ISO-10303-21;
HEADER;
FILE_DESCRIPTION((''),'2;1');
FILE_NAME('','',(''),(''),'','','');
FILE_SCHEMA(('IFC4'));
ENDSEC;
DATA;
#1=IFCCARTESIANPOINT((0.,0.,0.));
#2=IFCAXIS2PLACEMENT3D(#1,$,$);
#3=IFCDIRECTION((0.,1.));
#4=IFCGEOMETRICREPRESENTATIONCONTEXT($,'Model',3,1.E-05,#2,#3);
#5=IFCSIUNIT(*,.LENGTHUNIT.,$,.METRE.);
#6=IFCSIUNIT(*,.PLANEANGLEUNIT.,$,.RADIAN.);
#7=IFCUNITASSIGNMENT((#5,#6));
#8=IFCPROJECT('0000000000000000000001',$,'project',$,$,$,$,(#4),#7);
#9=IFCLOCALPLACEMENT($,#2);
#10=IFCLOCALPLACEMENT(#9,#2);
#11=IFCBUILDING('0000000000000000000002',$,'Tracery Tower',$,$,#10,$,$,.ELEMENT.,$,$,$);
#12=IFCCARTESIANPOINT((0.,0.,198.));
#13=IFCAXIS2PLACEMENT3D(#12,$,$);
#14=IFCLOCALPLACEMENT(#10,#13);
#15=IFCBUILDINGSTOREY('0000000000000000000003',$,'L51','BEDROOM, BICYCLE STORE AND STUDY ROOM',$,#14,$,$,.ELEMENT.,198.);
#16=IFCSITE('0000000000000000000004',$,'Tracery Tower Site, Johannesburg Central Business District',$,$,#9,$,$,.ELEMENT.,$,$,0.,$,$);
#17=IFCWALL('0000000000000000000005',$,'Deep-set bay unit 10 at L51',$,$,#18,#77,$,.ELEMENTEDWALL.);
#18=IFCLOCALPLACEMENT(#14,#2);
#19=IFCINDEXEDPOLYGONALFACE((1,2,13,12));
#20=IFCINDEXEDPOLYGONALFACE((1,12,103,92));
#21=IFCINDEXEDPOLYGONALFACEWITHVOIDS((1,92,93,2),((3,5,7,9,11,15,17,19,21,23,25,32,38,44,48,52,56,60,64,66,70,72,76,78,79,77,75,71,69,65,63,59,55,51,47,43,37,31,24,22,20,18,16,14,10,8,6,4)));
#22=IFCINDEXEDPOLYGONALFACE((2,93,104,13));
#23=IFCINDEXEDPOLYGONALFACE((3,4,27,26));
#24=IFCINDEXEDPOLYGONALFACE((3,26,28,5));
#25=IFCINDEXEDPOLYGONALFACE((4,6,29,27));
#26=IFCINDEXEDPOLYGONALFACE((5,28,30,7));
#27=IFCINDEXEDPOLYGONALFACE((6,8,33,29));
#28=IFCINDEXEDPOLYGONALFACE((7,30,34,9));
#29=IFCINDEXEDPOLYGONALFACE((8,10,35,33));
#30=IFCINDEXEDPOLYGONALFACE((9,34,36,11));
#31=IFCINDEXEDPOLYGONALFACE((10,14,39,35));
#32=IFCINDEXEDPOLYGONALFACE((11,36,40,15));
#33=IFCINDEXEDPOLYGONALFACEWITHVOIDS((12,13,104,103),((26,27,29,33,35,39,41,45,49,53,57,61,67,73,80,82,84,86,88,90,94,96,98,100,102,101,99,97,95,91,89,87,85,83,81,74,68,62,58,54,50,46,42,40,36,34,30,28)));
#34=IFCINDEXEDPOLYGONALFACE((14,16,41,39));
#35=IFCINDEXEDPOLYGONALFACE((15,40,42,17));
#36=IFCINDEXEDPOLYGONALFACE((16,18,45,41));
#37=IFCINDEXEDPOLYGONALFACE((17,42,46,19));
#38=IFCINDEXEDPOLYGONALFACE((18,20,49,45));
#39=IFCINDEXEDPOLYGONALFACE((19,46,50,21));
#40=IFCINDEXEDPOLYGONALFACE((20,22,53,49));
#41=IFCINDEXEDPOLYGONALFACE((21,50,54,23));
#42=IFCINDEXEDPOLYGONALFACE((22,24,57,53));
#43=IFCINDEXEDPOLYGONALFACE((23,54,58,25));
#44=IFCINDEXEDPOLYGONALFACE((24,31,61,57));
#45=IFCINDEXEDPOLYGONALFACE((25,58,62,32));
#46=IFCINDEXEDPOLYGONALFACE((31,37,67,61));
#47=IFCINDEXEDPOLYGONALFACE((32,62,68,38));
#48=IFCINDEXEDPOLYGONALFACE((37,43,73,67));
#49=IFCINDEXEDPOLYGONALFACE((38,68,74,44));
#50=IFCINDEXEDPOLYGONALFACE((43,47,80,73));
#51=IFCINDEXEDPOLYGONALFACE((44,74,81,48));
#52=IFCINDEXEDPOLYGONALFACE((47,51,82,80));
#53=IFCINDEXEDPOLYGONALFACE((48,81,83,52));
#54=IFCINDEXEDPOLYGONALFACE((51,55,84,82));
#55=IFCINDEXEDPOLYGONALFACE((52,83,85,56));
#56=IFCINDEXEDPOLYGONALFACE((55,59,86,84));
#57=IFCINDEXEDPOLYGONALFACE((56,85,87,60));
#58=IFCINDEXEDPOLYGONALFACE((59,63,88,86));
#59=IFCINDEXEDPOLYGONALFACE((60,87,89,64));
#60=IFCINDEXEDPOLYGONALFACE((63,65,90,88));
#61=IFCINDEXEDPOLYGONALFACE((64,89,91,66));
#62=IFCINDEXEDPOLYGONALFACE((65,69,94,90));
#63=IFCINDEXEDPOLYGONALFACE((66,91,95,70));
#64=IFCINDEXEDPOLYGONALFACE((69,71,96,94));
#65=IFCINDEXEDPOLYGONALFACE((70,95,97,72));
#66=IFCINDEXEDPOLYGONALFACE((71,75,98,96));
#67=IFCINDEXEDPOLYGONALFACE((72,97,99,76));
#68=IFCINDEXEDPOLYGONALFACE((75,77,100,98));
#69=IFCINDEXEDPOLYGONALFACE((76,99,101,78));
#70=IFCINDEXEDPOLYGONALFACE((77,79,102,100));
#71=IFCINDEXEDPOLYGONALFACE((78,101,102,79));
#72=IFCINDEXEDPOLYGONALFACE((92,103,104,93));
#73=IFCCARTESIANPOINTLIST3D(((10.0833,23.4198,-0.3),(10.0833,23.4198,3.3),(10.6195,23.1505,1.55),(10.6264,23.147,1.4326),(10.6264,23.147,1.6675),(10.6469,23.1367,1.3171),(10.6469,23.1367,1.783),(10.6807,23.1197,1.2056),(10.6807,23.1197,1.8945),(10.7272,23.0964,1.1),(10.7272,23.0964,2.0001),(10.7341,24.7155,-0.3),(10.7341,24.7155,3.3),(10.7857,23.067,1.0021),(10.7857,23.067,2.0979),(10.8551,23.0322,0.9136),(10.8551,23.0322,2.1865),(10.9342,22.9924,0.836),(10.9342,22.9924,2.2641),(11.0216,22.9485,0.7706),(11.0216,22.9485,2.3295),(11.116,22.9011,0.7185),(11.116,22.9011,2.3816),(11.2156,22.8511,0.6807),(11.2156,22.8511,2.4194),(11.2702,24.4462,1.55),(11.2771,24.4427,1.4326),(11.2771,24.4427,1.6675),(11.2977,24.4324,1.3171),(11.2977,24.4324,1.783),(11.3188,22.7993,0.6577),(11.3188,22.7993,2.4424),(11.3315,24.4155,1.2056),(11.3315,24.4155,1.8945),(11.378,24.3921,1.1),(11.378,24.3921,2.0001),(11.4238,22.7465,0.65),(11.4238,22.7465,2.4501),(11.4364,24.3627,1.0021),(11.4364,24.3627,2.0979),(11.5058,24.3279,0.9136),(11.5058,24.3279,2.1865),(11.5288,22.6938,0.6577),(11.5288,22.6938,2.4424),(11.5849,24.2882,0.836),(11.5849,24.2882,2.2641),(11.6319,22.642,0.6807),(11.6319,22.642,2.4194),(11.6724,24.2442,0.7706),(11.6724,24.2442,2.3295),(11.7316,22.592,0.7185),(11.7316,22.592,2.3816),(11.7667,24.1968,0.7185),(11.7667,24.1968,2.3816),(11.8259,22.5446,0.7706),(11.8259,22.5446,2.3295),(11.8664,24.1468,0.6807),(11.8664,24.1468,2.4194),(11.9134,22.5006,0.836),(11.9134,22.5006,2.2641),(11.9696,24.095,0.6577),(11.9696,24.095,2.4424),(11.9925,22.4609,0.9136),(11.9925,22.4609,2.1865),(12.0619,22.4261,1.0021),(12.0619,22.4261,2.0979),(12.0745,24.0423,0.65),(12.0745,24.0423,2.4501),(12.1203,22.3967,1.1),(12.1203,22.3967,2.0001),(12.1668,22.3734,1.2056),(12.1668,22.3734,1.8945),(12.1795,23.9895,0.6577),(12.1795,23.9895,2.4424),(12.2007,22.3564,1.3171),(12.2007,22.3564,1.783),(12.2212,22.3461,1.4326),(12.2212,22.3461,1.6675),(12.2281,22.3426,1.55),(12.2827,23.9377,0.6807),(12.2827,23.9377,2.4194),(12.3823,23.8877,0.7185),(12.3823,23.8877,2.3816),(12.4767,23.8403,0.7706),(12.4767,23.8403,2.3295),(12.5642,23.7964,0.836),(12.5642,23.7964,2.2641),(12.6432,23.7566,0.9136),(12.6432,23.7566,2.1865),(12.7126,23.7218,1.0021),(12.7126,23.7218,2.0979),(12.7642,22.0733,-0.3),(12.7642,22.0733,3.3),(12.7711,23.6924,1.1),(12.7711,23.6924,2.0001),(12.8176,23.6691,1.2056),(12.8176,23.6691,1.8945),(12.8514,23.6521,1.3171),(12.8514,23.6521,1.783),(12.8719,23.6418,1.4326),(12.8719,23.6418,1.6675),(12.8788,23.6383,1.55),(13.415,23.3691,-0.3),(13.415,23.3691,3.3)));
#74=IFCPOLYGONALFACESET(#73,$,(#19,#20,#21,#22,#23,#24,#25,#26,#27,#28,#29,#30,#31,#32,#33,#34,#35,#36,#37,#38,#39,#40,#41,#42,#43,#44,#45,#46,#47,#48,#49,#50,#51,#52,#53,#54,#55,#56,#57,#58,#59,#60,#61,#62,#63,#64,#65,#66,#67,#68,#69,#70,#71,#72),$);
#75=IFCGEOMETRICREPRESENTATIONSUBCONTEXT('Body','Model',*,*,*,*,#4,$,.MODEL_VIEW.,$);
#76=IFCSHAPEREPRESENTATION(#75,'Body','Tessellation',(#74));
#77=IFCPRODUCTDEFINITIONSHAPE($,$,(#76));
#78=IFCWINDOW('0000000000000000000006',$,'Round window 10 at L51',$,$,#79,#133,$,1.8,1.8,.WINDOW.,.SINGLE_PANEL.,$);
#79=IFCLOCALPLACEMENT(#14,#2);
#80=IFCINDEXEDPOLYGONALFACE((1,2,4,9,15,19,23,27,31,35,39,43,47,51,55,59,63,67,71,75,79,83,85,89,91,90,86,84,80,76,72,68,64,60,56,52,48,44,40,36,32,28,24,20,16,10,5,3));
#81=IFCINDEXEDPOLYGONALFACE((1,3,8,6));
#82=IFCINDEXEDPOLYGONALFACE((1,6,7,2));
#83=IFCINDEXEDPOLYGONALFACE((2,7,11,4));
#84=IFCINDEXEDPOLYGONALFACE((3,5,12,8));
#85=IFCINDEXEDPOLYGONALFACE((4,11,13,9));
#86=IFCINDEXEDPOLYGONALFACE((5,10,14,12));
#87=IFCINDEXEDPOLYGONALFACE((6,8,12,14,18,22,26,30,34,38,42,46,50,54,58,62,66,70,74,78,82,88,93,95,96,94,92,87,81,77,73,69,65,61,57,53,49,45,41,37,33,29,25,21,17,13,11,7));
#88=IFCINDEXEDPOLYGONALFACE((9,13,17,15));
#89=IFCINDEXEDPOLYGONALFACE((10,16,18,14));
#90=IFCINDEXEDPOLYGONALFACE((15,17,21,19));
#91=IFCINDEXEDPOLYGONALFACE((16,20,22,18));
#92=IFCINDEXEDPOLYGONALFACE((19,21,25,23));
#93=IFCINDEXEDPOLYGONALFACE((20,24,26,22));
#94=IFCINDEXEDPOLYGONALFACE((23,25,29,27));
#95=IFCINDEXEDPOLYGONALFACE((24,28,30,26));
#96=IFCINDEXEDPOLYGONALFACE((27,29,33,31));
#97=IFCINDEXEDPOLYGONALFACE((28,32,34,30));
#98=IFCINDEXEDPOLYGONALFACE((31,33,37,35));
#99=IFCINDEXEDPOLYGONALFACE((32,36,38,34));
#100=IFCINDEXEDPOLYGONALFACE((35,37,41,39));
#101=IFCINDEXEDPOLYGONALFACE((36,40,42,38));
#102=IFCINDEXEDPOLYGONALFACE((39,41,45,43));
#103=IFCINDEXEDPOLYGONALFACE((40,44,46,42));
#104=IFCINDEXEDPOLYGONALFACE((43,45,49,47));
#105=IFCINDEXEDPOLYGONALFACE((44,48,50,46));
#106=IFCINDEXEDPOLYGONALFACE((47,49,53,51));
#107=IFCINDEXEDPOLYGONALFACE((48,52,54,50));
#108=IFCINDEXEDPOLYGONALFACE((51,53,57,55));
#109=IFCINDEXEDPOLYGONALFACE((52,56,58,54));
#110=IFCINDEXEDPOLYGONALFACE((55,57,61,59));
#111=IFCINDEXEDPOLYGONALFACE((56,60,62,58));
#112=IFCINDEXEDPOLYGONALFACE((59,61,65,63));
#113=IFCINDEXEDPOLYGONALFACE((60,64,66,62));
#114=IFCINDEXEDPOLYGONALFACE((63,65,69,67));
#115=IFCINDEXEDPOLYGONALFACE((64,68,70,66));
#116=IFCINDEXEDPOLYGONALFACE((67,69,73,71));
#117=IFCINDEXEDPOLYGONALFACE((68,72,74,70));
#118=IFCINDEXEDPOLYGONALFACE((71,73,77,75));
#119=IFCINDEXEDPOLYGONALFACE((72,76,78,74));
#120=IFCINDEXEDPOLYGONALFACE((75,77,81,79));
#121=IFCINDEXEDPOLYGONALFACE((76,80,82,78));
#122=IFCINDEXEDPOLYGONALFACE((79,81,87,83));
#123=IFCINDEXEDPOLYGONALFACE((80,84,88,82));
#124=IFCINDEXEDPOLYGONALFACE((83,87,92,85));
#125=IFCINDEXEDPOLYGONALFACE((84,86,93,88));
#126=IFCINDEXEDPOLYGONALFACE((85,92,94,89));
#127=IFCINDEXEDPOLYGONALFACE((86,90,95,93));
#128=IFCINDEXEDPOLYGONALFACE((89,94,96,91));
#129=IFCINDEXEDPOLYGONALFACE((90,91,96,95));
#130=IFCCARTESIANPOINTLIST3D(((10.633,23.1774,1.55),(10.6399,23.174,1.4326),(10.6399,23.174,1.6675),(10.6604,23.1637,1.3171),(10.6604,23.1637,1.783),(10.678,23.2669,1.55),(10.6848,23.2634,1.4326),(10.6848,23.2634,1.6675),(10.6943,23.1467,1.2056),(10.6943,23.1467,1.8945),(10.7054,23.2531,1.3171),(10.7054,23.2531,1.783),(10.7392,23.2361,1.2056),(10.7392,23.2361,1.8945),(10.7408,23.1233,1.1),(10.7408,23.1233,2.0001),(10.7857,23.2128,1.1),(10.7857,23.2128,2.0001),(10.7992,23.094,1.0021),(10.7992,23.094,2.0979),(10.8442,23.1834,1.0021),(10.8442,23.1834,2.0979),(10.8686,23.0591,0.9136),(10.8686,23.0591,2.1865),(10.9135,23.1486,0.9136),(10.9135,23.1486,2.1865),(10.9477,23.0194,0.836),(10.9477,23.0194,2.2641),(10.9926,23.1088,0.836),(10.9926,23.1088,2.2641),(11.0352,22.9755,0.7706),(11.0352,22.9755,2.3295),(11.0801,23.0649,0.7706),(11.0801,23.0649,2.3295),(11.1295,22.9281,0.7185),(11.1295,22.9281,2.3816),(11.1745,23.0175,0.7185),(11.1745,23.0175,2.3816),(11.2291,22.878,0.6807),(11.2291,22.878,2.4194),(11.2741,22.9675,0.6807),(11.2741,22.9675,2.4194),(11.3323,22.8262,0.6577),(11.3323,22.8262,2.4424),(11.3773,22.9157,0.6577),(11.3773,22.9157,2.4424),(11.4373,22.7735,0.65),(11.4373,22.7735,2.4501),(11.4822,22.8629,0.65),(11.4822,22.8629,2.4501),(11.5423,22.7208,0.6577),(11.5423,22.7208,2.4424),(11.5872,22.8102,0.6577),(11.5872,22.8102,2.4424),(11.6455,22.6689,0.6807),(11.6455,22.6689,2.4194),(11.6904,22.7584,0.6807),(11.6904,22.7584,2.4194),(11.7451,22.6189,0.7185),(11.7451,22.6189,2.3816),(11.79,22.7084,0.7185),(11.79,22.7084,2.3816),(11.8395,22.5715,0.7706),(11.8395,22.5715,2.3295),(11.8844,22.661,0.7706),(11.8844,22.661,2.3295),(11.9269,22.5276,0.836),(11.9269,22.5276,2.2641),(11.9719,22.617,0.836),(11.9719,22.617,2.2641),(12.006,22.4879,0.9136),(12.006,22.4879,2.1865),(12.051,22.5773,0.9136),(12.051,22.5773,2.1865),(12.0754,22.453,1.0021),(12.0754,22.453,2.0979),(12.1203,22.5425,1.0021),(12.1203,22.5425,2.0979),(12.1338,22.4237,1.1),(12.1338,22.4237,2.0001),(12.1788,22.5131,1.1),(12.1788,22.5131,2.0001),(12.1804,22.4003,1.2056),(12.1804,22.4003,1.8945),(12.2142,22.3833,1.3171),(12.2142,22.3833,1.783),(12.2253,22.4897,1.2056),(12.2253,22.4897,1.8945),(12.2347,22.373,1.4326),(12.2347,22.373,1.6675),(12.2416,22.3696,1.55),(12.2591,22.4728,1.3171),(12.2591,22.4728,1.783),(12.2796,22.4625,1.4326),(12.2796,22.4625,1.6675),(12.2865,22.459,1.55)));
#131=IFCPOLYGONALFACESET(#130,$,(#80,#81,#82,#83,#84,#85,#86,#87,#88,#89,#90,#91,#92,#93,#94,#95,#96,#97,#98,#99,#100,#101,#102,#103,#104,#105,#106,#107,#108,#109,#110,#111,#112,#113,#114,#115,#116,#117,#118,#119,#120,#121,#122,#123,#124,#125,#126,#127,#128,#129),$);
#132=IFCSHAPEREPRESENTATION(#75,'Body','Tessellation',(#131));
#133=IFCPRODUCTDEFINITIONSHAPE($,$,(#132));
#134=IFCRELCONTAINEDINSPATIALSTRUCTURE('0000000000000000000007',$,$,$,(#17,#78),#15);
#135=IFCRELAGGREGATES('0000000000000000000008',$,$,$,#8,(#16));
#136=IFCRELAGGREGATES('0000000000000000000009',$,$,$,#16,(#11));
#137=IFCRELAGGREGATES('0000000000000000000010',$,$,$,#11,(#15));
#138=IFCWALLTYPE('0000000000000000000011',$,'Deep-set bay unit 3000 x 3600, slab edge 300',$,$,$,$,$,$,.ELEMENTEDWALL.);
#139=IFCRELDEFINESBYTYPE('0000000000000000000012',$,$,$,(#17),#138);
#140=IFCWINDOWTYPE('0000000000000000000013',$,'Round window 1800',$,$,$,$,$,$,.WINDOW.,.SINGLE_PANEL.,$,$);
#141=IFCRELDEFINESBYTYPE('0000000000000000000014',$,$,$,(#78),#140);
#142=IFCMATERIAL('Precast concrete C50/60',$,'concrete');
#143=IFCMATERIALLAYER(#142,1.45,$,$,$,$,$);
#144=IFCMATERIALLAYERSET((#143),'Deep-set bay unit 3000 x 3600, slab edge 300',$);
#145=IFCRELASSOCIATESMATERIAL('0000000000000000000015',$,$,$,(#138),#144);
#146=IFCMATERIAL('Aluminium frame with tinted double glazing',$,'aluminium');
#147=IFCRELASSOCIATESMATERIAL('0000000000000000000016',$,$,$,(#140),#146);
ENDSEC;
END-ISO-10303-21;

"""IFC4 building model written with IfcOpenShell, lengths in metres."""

from ifc_helpers import new_model, si_unit, direction, frame, frame_2d, origin, origin_2d, place, context, subcontext, project, spatial, rectangle, circle, extrude, material, layer, layer_set, type_object, element, fill, save


model = new_model("IFC4")

# Units and contexts
model_context = context("Model", 3, precision=1e-05, world=origin(), true_north=direction((0.0, 1.0)))
body_context = subcontext(model_context, "Body", "Model", "MODEL_VIEW")
ifc_project = project(units=[si_unit("LENGTHUNIT", "METRE"), si_unit("PLANEANGLEUNIT", "RADIAN")], contexts=[model_context])

# Site, building, storey
site_placement = place(None, origin())
site = spatial("IfcSite", under=ifc_project, at=site_placement, Name="Tracery Tower Site, Johannesburg Central Business District", CompositionType="ELEMENT", RefElevation=0.0)
building_placement = place(site_placement, origin())
building = spatial("IfcBuilding", under=site, at=building_placement, Name="Tracery Tower", CompositionType="ELEMENT")
storey_placement = place(building_placement, frame((0.0, 0.0, 198.0)))
storey = spatial("IfcBuildingStorey", under=building, at=storey_placement, Name="L51", Description="BEDROOM, BICYCLE STORE AND STUDY ROOM", CompositionType="ELEMENT", Elevation=198.0)

# Wall, opening, window
ifc_material_1 = material(Name="Precast concrete C50/60", Category="concrete")
ifc_layer_1 = layer(ifc_material_1, 1.45)
ifc_layer_set_1 = layer_set([ifc_layer_1], Name="Deep-set bay unit 3000 x 3600, slab edge 300")
wall_type_1 = type_object("IfcWallType", Name="Deep-set bay unit 3000 x 3600, slab edge 300", PredefinedType="ELEMENTEDWALL", material=ifc_layer_set_1)
ifc_material_2 = material(Name="Aluminium frame with tinted double glazing", Category="aluminium")
window_type = type_object("IfcWindowType", Name="Round window 1800", PartitioningType="SINGLE_PANEL", PredefinedType="WINDOW", material=ifc_material_2)
wall_1_placement = place(storey_placement, frame((13.0896, 22.7212, -0.3), z_axis=(0.0, 0.0, 1.0), x_axis=(-0.893628, 0.448808, 0.0)))
wall_1 = element("IfcWall", 1, at=wall_1_placement, inside=storey, type_object=wall_type_1, Name="Deep-set bay unit 10 at L51", PredefinedType="ELEMENTEDWALL", context=body_context, shape_type="SweptSolid", body=[
    extrude(rectangle(XDim=3.0, YDim=1.45, at=frame_2d((1.5, 0.0))), origin(), (0.0, 0.0, 1.0), 3.6001),
])
opening_1_placement = place(wall_1_placement, frame((1.5, 0.0, 1.8501)))
opening_1 = element("IfcOpeningElement", 2, at=opening_1_placement, cuts=wall_1, PredefinedType="OPENING", context=body_context, shape_type="SweptSolid", body=[
    extrude(circle(Radius=0.9, at=origin_2d()), frame((0.0, 0.7349, 0.0), z_axis=(0.0, -1.0, 0.0), x_axis=(1.0, 0.0, 0.0)), (0.0, 0.0, 1.0), 1.47),
])
window_1_placement = place(opening_1_placement, origin())
window_1 = element("IfcWindow", 3, at=window_1_placement, inside=storey, type_object=window_type, Name="Round window 10 at L51", OverallHeight=1.8, OverallWidth=1.8, PartitioningType="SINGLE_PANEL", PredefinedType="WINDOW", context=body_context, shape_type="SweptSolid", body=[
    extrude(circle(Radius=0.9, at=origin_2d()), frame((0.0, 0.6948, 0.0), z_axis=(0.0, -1.0, 0.0), x_axis=(1.0, 0.0, 0.0)), (0.0, 0.0, 1.0), 0.1001),
])
fill(opening_1, window_1)

save(model, "model.ifc")
